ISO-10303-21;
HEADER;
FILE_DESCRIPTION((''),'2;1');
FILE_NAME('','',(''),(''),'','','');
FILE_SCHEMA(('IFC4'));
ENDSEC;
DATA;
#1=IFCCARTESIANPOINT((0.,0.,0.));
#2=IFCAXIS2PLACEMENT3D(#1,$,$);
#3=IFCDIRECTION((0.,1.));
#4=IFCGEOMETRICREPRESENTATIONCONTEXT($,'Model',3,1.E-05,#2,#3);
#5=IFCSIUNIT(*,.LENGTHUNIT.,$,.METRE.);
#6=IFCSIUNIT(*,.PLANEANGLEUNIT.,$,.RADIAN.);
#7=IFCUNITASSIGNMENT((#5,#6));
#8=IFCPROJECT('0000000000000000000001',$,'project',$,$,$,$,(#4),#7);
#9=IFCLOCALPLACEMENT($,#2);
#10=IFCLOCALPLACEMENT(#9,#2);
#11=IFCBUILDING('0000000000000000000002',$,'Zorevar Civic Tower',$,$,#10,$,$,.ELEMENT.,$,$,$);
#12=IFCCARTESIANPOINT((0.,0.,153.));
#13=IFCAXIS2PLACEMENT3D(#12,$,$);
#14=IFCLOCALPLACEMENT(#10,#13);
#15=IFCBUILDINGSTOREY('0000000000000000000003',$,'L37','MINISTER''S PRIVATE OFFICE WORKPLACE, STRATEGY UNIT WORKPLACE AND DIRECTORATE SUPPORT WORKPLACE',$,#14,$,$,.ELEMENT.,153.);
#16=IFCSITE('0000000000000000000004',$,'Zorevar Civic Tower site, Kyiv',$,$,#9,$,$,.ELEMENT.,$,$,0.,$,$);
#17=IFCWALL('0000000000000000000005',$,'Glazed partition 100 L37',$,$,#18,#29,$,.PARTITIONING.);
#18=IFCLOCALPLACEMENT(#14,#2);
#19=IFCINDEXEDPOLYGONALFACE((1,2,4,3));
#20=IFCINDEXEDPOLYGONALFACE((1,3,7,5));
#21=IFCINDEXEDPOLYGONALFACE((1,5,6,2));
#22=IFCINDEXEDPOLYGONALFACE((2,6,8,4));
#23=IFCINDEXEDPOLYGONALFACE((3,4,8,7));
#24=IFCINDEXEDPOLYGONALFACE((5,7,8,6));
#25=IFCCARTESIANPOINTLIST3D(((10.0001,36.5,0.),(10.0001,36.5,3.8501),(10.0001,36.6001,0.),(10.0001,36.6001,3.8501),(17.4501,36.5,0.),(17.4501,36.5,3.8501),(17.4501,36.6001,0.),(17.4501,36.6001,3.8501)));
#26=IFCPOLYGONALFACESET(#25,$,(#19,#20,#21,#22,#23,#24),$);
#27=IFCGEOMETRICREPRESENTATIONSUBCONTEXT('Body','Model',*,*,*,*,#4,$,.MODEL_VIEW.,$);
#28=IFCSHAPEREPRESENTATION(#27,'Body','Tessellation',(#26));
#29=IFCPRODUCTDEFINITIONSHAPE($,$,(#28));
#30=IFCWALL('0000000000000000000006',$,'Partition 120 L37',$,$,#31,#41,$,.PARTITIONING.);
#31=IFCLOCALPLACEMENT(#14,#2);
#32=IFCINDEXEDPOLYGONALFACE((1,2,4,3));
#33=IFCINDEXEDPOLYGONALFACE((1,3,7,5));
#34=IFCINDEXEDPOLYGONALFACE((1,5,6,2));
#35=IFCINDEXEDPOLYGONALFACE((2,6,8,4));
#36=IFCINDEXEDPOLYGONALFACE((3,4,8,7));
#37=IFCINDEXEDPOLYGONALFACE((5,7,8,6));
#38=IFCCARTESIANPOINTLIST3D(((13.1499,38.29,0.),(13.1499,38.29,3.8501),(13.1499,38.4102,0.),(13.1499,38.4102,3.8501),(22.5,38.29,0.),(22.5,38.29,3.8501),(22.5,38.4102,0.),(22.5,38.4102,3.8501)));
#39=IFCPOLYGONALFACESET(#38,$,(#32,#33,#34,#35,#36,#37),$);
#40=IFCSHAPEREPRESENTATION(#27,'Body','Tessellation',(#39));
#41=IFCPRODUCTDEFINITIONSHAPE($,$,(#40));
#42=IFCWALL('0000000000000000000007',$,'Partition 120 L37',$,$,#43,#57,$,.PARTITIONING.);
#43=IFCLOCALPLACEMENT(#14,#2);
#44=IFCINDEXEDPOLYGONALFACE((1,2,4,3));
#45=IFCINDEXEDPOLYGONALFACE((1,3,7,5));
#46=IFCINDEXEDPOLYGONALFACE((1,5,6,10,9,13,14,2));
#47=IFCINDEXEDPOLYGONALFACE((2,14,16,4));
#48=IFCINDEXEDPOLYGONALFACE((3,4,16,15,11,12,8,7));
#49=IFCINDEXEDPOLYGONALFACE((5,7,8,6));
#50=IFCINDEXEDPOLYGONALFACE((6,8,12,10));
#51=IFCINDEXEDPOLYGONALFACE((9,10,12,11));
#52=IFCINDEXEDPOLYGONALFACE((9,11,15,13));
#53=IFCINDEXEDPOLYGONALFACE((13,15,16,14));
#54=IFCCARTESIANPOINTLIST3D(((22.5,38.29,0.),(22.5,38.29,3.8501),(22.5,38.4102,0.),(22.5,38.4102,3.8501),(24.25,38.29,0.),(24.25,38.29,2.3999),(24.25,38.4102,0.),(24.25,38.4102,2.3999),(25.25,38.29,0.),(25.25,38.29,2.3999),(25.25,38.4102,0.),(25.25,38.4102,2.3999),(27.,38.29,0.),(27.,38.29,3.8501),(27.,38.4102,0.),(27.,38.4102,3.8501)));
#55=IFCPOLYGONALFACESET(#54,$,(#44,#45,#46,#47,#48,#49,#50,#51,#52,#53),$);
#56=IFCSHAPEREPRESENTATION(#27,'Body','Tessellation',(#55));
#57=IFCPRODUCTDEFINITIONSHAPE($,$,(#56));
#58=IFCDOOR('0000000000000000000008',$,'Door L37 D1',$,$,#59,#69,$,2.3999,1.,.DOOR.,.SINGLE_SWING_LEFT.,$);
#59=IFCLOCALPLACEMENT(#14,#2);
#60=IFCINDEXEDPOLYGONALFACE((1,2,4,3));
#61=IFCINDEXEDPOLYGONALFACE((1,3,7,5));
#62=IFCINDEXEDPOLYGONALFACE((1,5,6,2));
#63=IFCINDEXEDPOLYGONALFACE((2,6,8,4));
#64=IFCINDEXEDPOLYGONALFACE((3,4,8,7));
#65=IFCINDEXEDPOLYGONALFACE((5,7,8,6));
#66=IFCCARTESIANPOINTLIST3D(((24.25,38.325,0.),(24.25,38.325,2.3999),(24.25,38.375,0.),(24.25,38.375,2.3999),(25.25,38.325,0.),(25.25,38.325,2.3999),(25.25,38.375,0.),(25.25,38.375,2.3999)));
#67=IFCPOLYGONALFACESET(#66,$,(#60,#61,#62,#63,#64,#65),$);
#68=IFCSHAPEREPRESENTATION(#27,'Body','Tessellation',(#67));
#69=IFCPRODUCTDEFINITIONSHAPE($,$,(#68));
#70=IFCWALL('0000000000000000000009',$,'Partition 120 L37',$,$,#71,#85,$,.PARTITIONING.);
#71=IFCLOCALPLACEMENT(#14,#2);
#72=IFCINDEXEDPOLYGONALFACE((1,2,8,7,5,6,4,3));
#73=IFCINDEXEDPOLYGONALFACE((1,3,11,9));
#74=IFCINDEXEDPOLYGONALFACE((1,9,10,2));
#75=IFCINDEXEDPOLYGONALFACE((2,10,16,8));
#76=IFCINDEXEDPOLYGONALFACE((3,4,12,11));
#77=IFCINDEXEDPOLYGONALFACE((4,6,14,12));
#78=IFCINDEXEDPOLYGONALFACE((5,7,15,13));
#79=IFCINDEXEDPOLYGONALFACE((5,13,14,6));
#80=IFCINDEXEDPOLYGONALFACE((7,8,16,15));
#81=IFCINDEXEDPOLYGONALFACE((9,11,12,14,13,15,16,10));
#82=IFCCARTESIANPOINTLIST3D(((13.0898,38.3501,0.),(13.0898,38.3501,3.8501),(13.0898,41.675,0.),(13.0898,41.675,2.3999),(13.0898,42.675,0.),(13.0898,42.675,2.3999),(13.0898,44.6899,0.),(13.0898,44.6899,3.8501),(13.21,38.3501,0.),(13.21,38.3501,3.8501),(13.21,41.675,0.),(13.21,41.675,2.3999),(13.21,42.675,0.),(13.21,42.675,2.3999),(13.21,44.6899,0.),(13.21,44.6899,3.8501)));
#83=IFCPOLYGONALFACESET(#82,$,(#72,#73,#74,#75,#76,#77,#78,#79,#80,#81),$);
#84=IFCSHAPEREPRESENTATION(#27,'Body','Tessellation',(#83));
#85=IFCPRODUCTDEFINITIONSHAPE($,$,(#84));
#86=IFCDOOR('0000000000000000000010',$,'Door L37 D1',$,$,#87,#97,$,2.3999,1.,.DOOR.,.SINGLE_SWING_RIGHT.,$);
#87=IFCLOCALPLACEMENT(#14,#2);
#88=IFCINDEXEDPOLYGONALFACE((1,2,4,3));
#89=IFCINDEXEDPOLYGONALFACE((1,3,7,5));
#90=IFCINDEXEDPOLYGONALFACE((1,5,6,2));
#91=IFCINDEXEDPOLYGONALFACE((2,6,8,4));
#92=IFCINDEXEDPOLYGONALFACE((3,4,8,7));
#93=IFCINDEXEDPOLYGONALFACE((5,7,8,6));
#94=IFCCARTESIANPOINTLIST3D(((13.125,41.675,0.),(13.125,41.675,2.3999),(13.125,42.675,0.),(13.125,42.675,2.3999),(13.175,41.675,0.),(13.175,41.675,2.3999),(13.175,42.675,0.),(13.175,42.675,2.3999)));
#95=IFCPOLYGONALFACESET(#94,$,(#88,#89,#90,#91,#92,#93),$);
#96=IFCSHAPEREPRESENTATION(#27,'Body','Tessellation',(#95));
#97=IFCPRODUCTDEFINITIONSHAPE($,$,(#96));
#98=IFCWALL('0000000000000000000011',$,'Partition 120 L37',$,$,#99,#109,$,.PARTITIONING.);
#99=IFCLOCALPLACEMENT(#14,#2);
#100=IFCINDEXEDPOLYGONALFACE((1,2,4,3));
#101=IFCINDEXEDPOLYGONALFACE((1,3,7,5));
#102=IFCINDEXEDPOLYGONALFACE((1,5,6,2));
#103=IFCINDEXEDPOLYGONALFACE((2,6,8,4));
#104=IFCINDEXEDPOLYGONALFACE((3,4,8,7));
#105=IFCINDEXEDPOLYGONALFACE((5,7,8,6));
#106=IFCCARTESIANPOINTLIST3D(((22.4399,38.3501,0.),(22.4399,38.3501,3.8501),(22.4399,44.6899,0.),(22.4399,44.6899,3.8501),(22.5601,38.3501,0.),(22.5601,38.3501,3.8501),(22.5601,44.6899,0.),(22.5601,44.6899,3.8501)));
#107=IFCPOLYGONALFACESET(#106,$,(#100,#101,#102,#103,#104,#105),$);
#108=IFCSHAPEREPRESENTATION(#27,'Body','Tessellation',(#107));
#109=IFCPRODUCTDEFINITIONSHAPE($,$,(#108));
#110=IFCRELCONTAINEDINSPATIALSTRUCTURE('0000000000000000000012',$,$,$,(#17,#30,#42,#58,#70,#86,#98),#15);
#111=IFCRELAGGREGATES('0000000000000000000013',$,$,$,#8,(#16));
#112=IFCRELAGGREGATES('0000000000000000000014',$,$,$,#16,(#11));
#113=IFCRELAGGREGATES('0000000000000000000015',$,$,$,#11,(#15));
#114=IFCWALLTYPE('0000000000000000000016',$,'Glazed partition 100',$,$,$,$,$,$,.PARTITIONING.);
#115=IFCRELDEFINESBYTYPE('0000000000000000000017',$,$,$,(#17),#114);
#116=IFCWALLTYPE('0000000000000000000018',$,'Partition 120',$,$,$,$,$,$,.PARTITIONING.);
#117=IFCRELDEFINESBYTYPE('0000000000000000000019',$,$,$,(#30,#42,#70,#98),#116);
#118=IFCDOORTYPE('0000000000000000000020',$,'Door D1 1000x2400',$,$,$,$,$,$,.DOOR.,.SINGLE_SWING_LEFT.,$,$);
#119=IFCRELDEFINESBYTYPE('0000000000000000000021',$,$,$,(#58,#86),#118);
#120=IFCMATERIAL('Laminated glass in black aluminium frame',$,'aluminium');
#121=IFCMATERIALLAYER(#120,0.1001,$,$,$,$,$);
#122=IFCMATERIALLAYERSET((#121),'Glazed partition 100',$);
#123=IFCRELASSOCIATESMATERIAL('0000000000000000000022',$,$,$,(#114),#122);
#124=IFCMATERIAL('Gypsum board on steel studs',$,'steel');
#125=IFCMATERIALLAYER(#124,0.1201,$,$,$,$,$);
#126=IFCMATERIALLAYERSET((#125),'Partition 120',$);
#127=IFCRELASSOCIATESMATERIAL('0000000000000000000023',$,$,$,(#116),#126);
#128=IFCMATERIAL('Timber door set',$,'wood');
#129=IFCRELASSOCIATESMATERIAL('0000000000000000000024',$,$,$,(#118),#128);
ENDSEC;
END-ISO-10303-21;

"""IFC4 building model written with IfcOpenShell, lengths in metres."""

from ifc_helpers import new_model, si_unit, direction, frame, frame_2d, origin, place, context, subcontext, project, spatial, rectangle, extrude, material, layer, layer_set, type_object, element, fill, save


model = new_model("IFC4")

# Units and contexts
model_context = context("Model", 3, precision=1e-05, world=origin(), true_north=direction((0.0, 1.0)))
body_context = subcontext(model_context, "Body", "Model", "MODEL_VIEW")
ifc_project = project(units=[si_unit("LENGTHUNIT", "METRE"), si_unit("PLANEANGLEUNIT", "RADIAN")], contexts=[model_context])

# Site, building, storey
site_placement = place(None, origin())
site = spatial("IfcSite", under=ifc_project, at=site_placement, Name="Zorevar Civic Tower site, Kyiv", CompositionType="ELEMENT", RefElevation=0.0)
building_placement = place(site_placement, origin())
building = spatial("IfcBuilding", under=site, at=building_placement, Name="Zorevar Civic Tower", CompositionType="ELEMENT")
storey_placement = place(building_placement, frame((0.0, 0.0, 153.0)))
storey = spatial("IfcBuildingStorey", under=building, at=storey_placement, Name="L37", Description="MINISTER'S PRIVATE OFFICE WORKPLACE, STRATEGY UNIT WORKPLACE AND DIRECTORATE SUPPORT WORKPLACE", CompositionType="ELEMENT", Elevation=153.0)

# Walls
ifc_material_1 = material(Name="Laminated glass in black aluminium frame", Category="aluminium")
ifc_layer_1 = layer(ifc_material_1, 0.1001)
ifc_layer_set_1 = layer_set([ifc_layer_1], Name="Glazed partition 100")
wall_type_1 = type_object("IfcWallType", Name="Glazed partition 100", PredefinedType="PARTITIONING", material=ifc_layer_set_1)
wall_1_placement = place(storey_placement, frame((10.0, 36.55, 0.0), z_axis=(0.0, 0.0, 1.0), x_axis=(1.0, 0.0, 0.0)))
element("IfcWall", 1, at=wall_1_placement, inside=storey, type_object=wall_type_1, Name="Glazed partition 100 L37", PredefinedType="PARTITIONING", context=body_context, shape_type="SweptSolid", body=[
    extrude(rectangle(XDim=7.45, YDim=0.1001, at=frame_2d((3.7251, 0.0))), origin(), (0.0, 0.0, 1.0), 3.8501),
])
ifc_material_2 = material(Name="Gypsum board on steel studs", Category="steel")
ifc_layer_2 = layer(ifc_material_2, 0.1201)
ifc_layer_set_2 = layer_set([ifc_layer_2], Name="Partition 120")
wall_type_2 = type_object("IfcWallType", Name="Partition 120", PredefinedType="PARTITIONING", material=ifc_layer_set_2)
wall_2_placement = place(storey_placement, frame((13.1499, 38.3501, 0.0), z_axis=(0.0, 0.0, 1.0), x_axis=(1.0, 0.0, 0.0)))
element("IfcWall", 2, at=wall_2_placement, inside=storey, type_object=wall_type_2, Name="Partition 120 L37", PredefinedType="PARTITIONING", context=body_context, shape_type="SweptSolid", body=[
    extrude(rectangle(XDim=9.3501, YDim=0.1201, at=frame_2d((4.675, 0.0))), origin(), (0.0, 0.0, 1.0), 3.8501),
])

# Walls, openings, doors
wall_3_placement = place(storey_placement, frame((22.5, 38.3501, 0.0), z_axis=(0.0, 0.0, 1.0), x_axis=(1.0, 0.0, 0.0)))
wall_3 = element("IfcWall", 3, at=wall_3_placement, inside=storey, type_object=wall_type_2, Name="Partition 120 L37", PredefinedType="PARTITIONING", context=body_context, shape_type="SweptSolid", body=[
    extrude(rectangle(XDim=4.5, YDim=0.1201, at=frame_2d((2.25, 0.0))), origin(), (0.0, 0.0, 1.0), 3.8501),
])
opening_1_placement = place(wall_3_placement, frame((1.75, 0.0, 0.0)))
opening_1 = element("IfcOpeningElement", 4, at=opening_1_placement, cuts=wall_3, PredefinedType="OPENING", context=body_context, shape_type="SweptSolid", body=[
    extrude(rectangle(XDim=1.0, YDim=2.3999, at=frame_2d((0.5, 1.2))), frame((0.0, 0.0701, 0.0), z_axis=(0.0, -1.0, 0.0), x_axis=(1.0, 0.0, 0.0)), (0.0, 0.0, 1.0), 0.1401),
])
ifc_material_3 = material(Name="Timber door set", Category="wood")
door_type_1 = type_object("IfcDoorType", Name="Door D1 1000x2400", OperationType="SINGLE_SWING_LEFT", PredefinedType="DOOR", material=ifc_material_3)
door_1_placement = place(opening_1_placement, origin())
door_1 = element("IfcDoor", 5, at=door_1_placement, inside=storey, type_object=door_type_1, Name="Door L37 D1", OperationType="SINGLE_SWING_LEFT", OverallHeight=2.3999, OverallWidth=1.0, PredefinedType="DOOR", context=body_context, shape_type="SweptSolid", body=[
    extrude(rectangle(XDim=1.0, YDim=2.3999, at=frame_2d((0.5, 1.2))), frame((0.0, 0.0249, 0.0), z_axis=(0.0, -1.0, 0.0), x_axis=(1.0, 0.0, 0.0)), (0.0, 0.0, 1.0), 0.05),
])
fill(opening_1, door_1)
wall_4_placement = place(storey_placement, frame((13.1499, 38.3501, 0.0), z_axis=(0.0, 0.0, 1.0), x_axis=(0.0, 1.0, 0.0)))
wall_4 = element("IfcWall", 6, at=wall_4_placement, inside=storey, type_object=wall_type_2, Name="Partition 120 L37", PredefinedType="PARTITIONING", context=body_context, shape_type="SweptSolid", body=[
    extrude(rectangle(XDim=6.3398, YDim=0.1201, at=frame_2d((3.1699, 0.0))), origin(), (0.0, 0.0, 1.0), 3.8501),
])
opening_2_placement = place(wall_4_placement, frame((3.325, 0.0, 0.0)))
opening_2 = element("IfcOpeningElement", 7, at=opening_2_placement, cuts=wall_4, PredefinedType="OPENING", context=body_context, shape_type="SweptSolid", body=[
    extrude(rectangle(XDim=1.0, YDim=2.3999, at=frame_2d((0.5, 1.2))), frame((0.0, 0.0701, 0.0), z_axis=(0.0, -1.0, 0.0), x_axis=(1.0, 0.0, 0.0)), (0.0, 0.0, 1.0), 0.1401),
])
door_2_placement = place(opening_2_placement, origin())
door_2 = element("IfcDoor", 8, at=door_2_placement, inside=storey, type_object=door_type_1, Name="Door L37 D1", OperationType="SINGLE_SWING_RIGHT", OverallHeight=2.3999, OverallWidth=1.0, PredefinedType="DOOR", context=body_context, shape_type="SweptSolid", body=[
    extrude(rectangle(XDim=1.0, YDim=2.3999, at=frame_2d((0.5, 1.2))), frame((0.0, 0.0249, 0.0), z_axis=(0.0, -1.0, 0.0), x_axis=(1.0, 0.0, 0.0)), (0.0, 0.0, 1.0), 0.05),
])
fill(opening_2, door_2)

# Wall
wall_5_placement = place(storey_placement, frame((22.5, 38.3501, 0.0), z_axis=(0.0, 0.0, 1.0), x_axis=(0.0, 1.0, 0.0)))
element("IfcWall", 9, at=wall_5_placement, inside=storey, type_object=wall_type_2, Name="Partition 120 L37", PredefinedType="PARTITIONING", context=body_context, shape_type="SweptSolid", body=[
    extrude(rectangle(XDim=6.3398, YDim=0.1201, at=frame_2d((3.1699, 0.0))), origin(), (0.0, 0.0, 1.0), 3.8501),
])

save(model, "model.ifc")
